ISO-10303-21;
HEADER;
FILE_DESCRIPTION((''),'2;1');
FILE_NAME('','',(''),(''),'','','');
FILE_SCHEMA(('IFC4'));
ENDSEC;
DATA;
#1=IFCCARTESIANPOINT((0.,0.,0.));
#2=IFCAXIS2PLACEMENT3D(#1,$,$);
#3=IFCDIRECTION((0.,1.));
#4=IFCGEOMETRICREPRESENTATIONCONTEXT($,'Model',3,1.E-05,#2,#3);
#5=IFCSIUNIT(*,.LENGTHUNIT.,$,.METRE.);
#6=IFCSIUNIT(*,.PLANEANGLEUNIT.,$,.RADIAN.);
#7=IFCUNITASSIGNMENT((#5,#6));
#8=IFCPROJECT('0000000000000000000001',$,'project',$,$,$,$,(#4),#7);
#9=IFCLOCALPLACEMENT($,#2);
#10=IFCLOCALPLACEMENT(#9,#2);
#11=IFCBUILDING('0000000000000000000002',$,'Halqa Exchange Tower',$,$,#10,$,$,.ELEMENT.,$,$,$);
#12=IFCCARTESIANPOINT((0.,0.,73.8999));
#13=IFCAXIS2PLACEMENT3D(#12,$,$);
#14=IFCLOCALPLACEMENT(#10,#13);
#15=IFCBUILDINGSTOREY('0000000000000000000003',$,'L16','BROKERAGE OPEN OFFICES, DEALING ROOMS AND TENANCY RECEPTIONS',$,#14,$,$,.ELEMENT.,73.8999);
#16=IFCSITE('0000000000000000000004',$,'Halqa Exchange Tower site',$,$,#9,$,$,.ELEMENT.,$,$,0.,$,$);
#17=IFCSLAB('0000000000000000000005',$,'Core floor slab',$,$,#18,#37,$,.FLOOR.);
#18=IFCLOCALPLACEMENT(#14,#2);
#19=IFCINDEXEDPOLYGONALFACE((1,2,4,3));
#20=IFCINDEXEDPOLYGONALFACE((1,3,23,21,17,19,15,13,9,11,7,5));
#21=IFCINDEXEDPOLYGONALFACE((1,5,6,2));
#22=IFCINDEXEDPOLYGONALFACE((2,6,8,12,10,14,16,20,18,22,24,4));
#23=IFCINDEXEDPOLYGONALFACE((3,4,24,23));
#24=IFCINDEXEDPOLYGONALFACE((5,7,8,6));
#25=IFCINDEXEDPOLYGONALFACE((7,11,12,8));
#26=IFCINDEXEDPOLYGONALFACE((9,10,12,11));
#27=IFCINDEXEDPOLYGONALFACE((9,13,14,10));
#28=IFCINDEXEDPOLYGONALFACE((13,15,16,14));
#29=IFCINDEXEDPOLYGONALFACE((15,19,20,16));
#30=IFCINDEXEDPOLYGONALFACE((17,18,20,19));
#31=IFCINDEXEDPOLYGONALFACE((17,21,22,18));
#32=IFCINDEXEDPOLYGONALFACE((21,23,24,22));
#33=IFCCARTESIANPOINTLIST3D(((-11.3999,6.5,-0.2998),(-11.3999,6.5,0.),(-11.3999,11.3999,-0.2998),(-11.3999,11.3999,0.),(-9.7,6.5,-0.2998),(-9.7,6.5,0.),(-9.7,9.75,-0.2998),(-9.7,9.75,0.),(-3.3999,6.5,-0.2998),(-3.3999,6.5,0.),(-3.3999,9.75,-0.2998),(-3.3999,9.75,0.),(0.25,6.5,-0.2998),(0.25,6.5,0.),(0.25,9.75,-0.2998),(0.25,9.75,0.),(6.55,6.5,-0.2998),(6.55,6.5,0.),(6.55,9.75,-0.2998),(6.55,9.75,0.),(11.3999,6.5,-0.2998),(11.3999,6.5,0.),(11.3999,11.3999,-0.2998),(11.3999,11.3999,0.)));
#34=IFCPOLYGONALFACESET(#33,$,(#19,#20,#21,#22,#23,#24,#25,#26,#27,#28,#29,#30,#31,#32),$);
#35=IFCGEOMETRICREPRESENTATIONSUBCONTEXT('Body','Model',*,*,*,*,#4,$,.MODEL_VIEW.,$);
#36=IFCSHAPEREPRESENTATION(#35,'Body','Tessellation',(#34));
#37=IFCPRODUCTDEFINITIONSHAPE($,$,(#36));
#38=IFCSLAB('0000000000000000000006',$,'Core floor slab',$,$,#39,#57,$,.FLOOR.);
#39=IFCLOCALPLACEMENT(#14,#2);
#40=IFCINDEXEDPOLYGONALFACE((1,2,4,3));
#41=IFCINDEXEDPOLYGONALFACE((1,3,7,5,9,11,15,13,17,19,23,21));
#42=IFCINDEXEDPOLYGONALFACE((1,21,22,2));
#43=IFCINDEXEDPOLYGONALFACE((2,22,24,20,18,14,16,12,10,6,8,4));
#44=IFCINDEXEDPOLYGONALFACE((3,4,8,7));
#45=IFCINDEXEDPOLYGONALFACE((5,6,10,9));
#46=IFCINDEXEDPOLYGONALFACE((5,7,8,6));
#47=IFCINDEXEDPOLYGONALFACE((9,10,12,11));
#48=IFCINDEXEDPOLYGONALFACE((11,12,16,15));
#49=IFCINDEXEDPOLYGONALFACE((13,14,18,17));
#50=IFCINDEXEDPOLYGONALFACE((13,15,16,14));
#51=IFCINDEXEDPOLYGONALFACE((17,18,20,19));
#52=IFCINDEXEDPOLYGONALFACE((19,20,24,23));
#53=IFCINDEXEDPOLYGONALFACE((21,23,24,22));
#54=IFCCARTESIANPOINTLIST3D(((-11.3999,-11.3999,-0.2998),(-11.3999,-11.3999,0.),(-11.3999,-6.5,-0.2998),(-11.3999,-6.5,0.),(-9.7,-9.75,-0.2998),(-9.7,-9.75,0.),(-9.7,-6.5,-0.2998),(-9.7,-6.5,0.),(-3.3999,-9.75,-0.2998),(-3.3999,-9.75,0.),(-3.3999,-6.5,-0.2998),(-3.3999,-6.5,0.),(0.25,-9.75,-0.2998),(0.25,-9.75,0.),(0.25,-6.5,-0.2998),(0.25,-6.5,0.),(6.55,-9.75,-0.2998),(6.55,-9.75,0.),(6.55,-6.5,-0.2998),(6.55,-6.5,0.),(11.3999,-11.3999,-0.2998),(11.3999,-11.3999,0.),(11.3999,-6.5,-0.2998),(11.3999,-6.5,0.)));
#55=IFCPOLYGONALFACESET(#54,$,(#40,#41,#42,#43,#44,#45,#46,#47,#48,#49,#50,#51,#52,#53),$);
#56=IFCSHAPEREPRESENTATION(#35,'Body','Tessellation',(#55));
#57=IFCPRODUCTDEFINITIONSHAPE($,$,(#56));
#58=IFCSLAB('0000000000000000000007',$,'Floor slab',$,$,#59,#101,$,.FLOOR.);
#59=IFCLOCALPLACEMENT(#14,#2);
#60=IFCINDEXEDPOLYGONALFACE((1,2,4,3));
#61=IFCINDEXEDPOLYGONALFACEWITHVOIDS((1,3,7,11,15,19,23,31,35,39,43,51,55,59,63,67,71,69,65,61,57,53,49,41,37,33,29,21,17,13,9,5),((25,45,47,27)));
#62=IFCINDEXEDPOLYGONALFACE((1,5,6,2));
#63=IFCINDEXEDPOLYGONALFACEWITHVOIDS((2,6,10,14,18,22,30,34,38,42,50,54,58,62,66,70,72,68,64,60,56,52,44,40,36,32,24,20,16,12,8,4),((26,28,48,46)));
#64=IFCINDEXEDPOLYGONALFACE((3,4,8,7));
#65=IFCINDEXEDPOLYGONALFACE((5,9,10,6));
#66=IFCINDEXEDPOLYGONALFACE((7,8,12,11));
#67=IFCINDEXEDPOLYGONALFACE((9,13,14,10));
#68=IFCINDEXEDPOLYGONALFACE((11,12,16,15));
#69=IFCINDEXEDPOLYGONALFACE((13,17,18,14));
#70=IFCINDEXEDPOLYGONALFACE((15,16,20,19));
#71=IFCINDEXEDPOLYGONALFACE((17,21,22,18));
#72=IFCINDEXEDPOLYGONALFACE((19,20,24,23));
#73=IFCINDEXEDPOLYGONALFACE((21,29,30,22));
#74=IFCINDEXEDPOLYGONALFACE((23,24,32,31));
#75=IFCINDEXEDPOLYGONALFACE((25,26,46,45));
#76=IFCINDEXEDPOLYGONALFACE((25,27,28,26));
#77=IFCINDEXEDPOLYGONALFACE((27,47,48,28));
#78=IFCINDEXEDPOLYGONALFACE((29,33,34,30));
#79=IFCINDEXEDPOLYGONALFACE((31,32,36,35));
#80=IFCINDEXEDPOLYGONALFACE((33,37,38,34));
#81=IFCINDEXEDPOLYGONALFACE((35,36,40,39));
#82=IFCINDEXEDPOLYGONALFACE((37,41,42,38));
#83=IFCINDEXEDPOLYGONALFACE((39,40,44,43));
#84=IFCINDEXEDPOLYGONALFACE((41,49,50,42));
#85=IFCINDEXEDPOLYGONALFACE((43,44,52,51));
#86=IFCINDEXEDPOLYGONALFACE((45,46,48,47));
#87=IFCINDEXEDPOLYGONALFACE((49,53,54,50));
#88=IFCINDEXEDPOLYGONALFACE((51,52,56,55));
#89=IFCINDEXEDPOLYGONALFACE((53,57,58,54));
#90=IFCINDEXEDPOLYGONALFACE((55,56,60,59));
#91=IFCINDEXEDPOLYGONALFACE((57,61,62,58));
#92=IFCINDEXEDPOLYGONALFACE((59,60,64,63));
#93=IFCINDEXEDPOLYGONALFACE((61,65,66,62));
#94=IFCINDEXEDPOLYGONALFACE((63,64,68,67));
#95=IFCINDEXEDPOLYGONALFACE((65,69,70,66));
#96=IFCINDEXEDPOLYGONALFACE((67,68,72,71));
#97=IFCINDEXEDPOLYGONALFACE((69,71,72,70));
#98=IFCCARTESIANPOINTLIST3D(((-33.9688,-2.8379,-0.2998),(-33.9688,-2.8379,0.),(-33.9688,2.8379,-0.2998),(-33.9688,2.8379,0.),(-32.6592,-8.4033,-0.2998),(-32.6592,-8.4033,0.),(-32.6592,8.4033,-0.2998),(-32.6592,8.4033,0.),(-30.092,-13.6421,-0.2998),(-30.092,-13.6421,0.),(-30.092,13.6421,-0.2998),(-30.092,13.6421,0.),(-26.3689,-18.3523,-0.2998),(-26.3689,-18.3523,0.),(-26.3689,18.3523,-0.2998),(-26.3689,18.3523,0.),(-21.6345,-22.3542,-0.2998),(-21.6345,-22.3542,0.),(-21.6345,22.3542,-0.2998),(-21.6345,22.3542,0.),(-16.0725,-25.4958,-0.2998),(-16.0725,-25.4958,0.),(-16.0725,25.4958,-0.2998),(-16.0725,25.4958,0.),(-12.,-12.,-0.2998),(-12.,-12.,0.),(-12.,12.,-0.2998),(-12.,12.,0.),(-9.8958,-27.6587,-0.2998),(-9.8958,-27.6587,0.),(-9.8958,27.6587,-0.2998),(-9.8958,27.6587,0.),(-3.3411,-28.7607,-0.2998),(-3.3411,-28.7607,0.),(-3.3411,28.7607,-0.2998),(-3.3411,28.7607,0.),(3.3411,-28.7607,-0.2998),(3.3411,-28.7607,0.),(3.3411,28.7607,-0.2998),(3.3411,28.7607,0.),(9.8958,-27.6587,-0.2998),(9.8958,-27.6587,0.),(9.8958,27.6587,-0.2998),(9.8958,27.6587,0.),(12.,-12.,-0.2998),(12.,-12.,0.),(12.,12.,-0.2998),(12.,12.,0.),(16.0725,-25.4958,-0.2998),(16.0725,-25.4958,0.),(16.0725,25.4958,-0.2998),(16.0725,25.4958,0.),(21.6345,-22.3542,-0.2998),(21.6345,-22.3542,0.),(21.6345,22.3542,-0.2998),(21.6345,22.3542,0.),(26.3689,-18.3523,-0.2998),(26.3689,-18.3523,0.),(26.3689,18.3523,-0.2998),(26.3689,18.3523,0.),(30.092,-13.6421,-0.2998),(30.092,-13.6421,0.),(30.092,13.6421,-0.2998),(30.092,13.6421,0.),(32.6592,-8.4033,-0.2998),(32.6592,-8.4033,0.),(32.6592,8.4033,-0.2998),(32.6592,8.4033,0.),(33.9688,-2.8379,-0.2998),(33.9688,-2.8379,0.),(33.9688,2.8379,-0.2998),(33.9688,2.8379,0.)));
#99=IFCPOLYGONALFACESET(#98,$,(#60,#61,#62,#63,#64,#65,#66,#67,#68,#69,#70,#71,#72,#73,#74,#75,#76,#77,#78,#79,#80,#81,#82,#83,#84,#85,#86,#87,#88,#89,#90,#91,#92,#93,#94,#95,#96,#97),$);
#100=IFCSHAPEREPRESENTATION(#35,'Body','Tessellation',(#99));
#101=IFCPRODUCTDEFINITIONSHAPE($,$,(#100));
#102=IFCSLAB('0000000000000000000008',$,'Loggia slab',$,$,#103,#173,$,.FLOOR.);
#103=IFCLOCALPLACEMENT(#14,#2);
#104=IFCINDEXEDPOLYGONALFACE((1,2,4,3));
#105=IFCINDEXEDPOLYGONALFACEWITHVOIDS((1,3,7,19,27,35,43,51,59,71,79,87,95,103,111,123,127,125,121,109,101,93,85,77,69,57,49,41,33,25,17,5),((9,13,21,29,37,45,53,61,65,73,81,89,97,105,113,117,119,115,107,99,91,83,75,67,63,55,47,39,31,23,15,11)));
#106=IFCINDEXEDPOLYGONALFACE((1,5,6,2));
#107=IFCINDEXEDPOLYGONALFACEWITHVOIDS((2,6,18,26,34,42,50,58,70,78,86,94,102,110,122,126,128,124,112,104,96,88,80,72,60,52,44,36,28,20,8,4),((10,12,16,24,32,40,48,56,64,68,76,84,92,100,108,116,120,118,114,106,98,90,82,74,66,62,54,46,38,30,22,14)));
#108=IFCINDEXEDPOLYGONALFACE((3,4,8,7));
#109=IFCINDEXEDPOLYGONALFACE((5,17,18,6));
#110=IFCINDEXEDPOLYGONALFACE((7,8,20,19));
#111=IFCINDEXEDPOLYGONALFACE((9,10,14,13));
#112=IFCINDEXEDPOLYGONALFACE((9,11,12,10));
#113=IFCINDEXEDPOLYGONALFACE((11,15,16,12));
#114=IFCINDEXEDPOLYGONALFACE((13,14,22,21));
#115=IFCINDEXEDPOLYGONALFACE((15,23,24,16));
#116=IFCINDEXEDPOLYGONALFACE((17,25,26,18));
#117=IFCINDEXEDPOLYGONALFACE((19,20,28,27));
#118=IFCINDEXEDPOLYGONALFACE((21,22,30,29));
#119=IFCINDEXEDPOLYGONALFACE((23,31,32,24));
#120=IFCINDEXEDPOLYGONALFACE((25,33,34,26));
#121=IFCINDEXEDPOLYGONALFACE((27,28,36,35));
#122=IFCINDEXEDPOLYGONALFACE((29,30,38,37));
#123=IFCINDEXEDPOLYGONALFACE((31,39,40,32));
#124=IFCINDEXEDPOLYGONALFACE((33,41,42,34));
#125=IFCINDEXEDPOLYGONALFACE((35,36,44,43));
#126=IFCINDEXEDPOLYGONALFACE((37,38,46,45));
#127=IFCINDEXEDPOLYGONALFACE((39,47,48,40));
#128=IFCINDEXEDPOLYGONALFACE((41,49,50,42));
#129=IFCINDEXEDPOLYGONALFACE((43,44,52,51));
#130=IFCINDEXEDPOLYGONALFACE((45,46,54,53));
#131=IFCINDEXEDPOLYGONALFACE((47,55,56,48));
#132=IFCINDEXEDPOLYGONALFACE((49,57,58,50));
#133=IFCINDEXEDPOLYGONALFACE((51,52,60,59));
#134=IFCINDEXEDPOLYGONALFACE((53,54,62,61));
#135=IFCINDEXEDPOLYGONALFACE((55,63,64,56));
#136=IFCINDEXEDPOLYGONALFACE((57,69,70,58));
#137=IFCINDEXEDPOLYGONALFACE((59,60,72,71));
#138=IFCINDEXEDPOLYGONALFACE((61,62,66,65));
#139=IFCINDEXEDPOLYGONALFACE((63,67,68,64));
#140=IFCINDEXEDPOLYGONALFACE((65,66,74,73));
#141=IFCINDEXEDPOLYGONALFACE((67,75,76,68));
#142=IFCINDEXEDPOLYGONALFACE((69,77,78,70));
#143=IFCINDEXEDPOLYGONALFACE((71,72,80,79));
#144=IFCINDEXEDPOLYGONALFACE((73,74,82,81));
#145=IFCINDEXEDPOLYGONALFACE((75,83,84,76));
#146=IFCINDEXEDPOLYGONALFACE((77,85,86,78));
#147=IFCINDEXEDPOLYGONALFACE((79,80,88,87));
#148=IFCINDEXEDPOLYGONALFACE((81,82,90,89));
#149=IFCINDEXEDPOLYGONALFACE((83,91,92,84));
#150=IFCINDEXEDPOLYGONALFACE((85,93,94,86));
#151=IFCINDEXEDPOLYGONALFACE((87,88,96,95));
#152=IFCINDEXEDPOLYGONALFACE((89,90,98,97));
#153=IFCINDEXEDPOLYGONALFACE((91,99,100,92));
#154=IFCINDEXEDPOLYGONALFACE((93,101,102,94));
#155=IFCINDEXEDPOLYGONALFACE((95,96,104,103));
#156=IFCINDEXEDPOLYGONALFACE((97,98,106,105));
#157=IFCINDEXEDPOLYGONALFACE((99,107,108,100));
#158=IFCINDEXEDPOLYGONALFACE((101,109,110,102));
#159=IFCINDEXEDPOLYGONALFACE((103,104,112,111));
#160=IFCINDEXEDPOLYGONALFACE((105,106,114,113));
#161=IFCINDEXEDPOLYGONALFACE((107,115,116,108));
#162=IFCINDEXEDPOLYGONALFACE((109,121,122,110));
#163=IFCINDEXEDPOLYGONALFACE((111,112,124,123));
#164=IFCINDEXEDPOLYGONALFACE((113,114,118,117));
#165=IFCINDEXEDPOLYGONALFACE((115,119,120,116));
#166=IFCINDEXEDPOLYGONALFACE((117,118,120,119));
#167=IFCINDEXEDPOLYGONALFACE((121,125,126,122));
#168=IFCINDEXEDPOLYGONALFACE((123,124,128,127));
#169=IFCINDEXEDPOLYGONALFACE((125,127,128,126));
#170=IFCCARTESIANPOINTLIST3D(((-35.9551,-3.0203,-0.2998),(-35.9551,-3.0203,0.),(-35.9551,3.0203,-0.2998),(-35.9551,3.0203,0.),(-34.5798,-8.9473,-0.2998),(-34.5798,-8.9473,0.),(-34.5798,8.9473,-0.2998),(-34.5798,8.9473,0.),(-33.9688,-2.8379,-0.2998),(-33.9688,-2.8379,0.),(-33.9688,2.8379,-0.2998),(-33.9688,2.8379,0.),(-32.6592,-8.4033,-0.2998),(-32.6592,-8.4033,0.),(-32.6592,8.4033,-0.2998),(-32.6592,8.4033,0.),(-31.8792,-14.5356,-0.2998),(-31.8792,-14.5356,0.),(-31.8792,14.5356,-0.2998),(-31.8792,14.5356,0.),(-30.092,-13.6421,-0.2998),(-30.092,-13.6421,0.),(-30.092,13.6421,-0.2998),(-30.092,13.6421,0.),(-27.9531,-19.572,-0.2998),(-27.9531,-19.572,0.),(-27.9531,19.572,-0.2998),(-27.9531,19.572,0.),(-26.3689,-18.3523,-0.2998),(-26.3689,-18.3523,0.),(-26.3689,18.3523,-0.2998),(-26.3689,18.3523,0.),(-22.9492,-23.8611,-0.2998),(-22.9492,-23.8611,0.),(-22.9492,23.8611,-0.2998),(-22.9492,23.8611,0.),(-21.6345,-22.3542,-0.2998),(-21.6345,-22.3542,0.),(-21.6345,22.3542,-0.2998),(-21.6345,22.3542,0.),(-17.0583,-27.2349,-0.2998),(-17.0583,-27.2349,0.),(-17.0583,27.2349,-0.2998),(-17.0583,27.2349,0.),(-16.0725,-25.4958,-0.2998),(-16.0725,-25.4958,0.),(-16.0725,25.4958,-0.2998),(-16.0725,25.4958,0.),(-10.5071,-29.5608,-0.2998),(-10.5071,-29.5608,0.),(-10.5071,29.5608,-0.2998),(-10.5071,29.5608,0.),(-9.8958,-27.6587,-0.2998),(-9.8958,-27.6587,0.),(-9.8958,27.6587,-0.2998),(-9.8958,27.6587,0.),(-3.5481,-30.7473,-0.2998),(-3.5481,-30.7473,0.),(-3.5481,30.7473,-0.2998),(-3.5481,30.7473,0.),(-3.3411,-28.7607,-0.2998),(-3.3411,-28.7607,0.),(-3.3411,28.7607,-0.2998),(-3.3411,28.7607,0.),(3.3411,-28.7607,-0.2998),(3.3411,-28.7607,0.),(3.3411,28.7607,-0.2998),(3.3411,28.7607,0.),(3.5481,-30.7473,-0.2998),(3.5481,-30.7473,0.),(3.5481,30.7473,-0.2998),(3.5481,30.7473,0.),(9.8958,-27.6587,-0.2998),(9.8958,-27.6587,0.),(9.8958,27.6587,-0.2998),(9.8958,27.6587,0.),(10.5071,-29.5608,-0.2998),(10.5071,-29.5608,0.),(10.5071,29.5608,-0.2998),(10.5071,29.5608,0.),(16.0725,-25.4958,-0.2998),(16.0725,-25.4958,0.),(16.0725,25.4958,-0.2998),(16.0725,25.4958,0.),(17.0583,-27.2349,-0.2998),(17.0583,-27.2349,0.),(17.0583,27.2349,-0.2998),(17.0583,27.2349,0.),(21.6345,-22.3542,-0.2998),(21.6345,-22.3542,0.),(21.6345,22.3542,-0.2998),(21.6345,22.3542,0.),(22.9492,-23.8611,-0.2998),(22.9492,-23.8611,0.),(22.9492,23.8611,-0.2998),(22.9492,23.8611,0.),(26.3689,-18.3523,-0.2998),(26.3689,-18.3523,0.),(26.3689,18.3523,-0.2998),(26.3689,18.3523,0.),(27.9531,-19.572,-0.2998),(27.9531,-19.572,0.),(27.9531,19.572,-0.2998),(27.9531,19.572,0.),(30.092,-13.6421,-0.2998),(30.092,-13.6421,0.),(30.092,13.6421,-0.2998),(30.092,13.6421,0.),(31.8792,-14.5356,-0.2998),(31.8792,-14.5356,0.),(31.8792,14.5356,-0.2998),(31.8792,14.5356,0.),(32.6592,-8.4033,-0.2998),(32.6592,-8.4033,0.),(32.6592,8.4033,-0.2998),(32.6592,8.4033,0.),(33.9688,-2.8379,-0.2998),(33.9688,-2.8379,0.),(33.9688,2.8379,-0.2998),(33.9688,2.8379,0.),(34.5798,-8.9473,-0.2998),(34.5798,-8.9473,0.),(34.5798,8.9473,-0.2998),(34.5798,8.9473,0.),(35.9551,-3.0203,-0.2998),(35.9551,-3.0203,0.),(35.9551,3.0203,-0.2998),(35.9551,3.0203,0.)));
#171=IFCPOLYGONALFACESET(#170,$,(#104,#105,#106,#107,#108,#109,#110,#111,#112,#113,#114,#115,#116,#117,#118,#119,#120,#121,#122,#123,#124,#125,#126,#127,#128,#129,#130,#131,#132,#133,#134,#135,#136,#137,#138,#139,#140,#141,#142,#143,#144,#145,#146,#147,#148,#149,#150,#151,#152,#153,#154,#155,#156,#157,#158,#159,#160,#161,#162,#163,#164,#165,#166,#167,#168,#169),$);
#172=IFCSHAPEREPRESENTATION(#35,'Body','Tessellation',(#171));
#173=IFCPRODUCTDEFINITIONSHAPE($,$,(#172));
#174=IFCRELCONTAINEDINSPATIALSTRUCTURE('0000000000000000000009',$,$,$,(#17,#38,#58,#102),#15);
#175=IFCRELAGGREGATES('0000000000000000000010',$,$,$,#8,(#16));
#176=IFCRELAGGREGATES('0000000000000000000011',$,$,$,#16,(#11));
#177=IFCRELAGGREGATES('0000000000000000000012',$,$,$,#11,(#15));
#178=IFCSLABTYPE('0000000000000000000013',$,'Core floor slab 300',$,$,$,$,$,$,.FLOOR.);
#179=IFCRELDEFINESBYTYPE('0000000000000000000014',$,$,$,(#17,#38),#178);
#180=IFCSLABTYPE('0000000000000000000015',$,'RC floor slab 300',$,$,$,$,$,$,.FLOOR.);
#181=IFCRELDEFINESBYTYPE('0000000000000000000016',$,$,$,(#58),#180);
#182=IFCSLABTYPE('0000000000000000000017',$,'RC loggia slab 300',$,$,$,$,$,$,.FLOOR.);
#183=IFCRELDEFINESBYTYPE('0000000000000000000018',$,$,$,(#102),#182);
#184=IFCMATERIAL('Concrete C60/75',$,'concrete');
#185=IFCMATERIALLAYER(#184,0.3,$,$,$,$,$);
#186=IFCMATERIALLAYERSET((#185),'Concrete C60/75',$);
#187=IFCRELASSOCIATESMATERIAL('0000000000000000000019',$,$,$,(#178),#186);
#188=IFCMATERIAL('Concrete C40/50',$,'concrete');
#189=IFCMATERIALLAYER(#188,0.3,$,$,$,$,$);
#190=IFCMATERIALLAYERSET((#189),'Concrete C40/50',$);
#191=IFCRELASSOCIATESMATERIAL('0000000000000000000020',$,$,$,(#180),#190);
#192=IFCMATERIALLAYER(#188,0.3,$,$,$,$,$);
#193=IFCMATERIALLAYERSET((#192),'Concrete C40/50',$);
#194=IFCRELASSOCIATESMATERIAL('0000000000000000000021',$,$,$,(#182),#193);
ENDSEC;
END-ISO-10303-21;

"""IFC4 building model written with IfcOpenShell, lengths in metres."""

from ifc_helpers import new_model, si_unit, direction, frame, origin, place, context, subcontext, project, spatial, polyline, outline, extrude, material, layer, layer_set, type_object, element, save


model = new_model("IFC4")

# Units and contexts
model_context = context("Model", 3, precision=1e-05, world=origin(), true_north=direction((0.0, 1.0)))
body_context = subcontext(model_context, "Body", "Model", "MODEL_VIEW")
ifc_project = project(units=[si_unit("LENGTHUNIT", "METRE"), si_unit("PLANEANGLEUNIT", "RADIAN")], contexts=[model_context])

# Site, building, storey
site_placement = place(None, origin())
site = spatial("IfcSite", under=ifc_project, at=site_placement, Name="Halqa Exchange Tower site", CompositionType="ELEMENT", RefElevation=0.0)
building_placement = place(site_placement, origin())
building = spatial("IfcBuilding", under=site, at=building_placement, Name="Halqa Exchange Tower", CompositionType="ELEMENT")
storey_placement = place(building_placement, frame((0.0, 0.0, 73.8999)))
storey = spatial("IfcBuildingStorey", under=building, at=storey_placement, Name="L16", Description="BROKERAGE OPEN OFFICES, DEALING ROOMS AND TENANCY RECEPTIONS", CompositionType="ELEMENT", Elevation=73.8999)

# Shared definitions
ifc_material_1 = material(Name="Concrete C60/75", Category="concrete")

# Slabs
ifc_layer_1 = layer(ifc_material_1, 0.3)
ifc_layer_set_1 = layer_set([ifc_layer_1], Name="Concrete C60/75")
slab_type_1 = type_object("IfcSlabType", Name="Core floor slab 300", PredefinedType="FLOOR", material=ifc_layer_set_1)
slab_1_placement = place(storey_placement, frame((0.0, 0.0, -0.2998)))
element("IfcSlab", 1, at=slab_1_placement, inside=storey, type_object=slab_type_1, Name="Core floor slab", PredefinedType="FLOOR", context=body_context, shape_type="SweptSolid", body=[
    extrude(outline(polyline([(-11.3999, 11.3999), (11.3999, 11.3999), (11.3999, 6.5), (6.55, 6.5), (6.55, 9.75), (0.25, 9.75), (0.25, 6.5), (-3.3999, 6.5), (-3.3999, 9.75), (-9.7, 9.75), (-9.7, 6.5), (-11.3999, 6.5), (-11.3999, 11.3999)])), origin(), (0.0, 0.0, 1.0), 0.2998),
])
slab_2_placement = place(storey_placement, frame((0.0, 0.0, -0.2998)))
element("IfcSlab", 2, at=slab_2_placement, inside=storey, type_object=slab_type_1, Name="Core floor slab", PredefinedType="FLOOR", context=body_context, shape_type="SweptSolid", body=[
    extrude(outline(polyline([(-9.7, -9.75), (-3.3999, -9.75), (-3.3999, -6.5), (0.25, -6.5), (0.25, -9.75), (6.55, -9.75), (6.55, -6.5), (11.3999, -6.5), (11.3999, -11.3999), (-11.3999, -11.3999), (-11.3999, -6.5), (-9.7, -6.5), (-9.7, -9.75)])), origin(), (0.0, 0.0, 1.0), 0.2998),
])
ifc_material_2 = material(Name="Concrete C40/50", Category="concrete")
ifc_layer_2 = layer(ifc_material_2, 0.3)
ifc_layer_set_2 = layer_set([ifc_layer_2], Name="Concrete C40/50")
slab_type_2 = type_object("IfcSlabType", Name="RC floor slab 300", PredefinedType="FLOOR", material=ifc_layer_set_2)
slab_3_placement = place(storey_placement, frame((0.0, 0.0, -0.2998)))
element("IfcSlab", 3, at=slab_3_placement, inside=storey, type_object=slab_type_2, Name="Floor slab", PredefinedType="FLOOR", context=body_context, shape_type="SweptSolid", body=[
    extrude(outline(polyline([(33.9688, 2.8379), (32.6592, 8.4033), (30.092, 13.6421), (26.3689, 18.3523), (21.6345, 22.3542), (16.0725, 25.4958), (9.8958, 27.6587), (3.3411, 28.7607), (-3.3411, 28.7607), (-9.8958, 27.6587), (-16.0725, 25.4958), (-21.6345, 22.3542), (-26.3689, 18.3523), (-30.092, 13.6421), (-32.6592, 8.4033), (-33.9688, 2.8379), (-33.9688, -2.8379), (-32.6592, -8.4033), (-30.092, -13.6421), (-26.3689, -18.3523), (-21.6345, -22.3542), (-16.0725, -25.4958), (-9.8958, -27.6587), (-3.3411, -28.7607), (3.3411, -28.7607), (9.8958, -27.6587), (16.0725, -25.4958), (21.6345, -22.3542), (26.3689, -18.3523), (30.092, -13.6421), (32.6592, -8.4033), (33.9688, -2.8379), (33.9688, 2.8379)]), holes=[polyline([(-12.0, -12.0), (12.0, -12.0), (12.0, 12.0), (-12.0, 12.0), (-12.0, -12.0)])]), origin(), (0.0, 0.0, 1.0), 0.2998),
])
ifc_layer_3 = layer(ifc_material_2, 0.3)
ifc_layer_set_3 = layer_set([ifc_layer_3], Name="Concrete C40/50")
slab_type_3 = type_object("IfcSlabType", Name="RC loggia slab 300", PredefinedType="FLOOR", material=ifc_layer_set_3)
slab_4_placement = place(storey_placement, frame((0.0, 0.0, -0.2998)))
element("IfcSlab", 4, at=slab_4_placement, inside=storey, type_object=slab_type_3, Name="Loggia slab", PredefinedType="FLOOR", context=body_context, shape_type="SweptSolid", body=[
    extrude(outline(polyline([(35.9551, 3.0203), (35.9551, -3.0203), (34.5798, -8.9473), (31.8792, -14.5356), (27.9531, -19.572), (22.9492, -23.8611), (17.0583, -27.2349), (10.5071, -29.5608), (3.5481, -30.7473), (-3.5481, -30.7473), (-10.5071, -29.5608), (-17.0583, -27.2349), (-22.9492, -23.8611), (-27.9531, -19.572), (-31.8792, -14.5356), (-34.5798, -8.9473), (-35.9551, -3.0203), (-35.9551, 3.0203), (-34.5798, 8.9473), (-31.8792, 14.5356), (-27.9531, 19.572), (-22.9492, 23.8611), (-17.0583, 27.2349), (-10.5071, 29.5608), (-3.5481, 30.7473), (3.5481, 30.7473), (10.5071, 29.5608), (17.0583, 27.2349), (22.9492, 23.8611), (27.9531, 19.572), (31.8792, 14.5356), (34.5798, 8.9473), (35.9551, 3.0203)]), holes=[polyline([(33.9688, 2.8379), (32.6592, 8.4033), (30.092, 13.6421), (26.3689, 18.3523), (21.6345, 22.3542), (16.0725, 25.4958), (9.8958, 27.6587), (3.3411, 28.7607), (-3.3411, 28.7607), (-9.8958, 27.6587), (-16.0725, 25.4958), (-21.6345, 22.3542), (-26.3689, 18.3523), (-30.092, 13.6421), (-32.6592, 8.4033), (-33.9688, 2.8379), (-33.9688, -2.8379), (-32.6592, -8.4033), (-30.092, -13.6421), (-26.3689, -18.3523), (-21.6345, -22.3542), (-16.0725, -25.4958), (-9.8958, -27.6587), (-3.3411, -28.7607), (3.3411, -28.7607), (9.8958, -27.6587), (16.0725, -25.4958), (21.6345, -22.3542), (26.3689, -18.3523), (30.092, -13.6421), (32.6592, -8.4033), (33.9688, -2.8379), (33.9688, 2.8379)])]), origin(), (0.0, 0.0, 1.0), 0.2998),
])

save(model, "model.ifc")
